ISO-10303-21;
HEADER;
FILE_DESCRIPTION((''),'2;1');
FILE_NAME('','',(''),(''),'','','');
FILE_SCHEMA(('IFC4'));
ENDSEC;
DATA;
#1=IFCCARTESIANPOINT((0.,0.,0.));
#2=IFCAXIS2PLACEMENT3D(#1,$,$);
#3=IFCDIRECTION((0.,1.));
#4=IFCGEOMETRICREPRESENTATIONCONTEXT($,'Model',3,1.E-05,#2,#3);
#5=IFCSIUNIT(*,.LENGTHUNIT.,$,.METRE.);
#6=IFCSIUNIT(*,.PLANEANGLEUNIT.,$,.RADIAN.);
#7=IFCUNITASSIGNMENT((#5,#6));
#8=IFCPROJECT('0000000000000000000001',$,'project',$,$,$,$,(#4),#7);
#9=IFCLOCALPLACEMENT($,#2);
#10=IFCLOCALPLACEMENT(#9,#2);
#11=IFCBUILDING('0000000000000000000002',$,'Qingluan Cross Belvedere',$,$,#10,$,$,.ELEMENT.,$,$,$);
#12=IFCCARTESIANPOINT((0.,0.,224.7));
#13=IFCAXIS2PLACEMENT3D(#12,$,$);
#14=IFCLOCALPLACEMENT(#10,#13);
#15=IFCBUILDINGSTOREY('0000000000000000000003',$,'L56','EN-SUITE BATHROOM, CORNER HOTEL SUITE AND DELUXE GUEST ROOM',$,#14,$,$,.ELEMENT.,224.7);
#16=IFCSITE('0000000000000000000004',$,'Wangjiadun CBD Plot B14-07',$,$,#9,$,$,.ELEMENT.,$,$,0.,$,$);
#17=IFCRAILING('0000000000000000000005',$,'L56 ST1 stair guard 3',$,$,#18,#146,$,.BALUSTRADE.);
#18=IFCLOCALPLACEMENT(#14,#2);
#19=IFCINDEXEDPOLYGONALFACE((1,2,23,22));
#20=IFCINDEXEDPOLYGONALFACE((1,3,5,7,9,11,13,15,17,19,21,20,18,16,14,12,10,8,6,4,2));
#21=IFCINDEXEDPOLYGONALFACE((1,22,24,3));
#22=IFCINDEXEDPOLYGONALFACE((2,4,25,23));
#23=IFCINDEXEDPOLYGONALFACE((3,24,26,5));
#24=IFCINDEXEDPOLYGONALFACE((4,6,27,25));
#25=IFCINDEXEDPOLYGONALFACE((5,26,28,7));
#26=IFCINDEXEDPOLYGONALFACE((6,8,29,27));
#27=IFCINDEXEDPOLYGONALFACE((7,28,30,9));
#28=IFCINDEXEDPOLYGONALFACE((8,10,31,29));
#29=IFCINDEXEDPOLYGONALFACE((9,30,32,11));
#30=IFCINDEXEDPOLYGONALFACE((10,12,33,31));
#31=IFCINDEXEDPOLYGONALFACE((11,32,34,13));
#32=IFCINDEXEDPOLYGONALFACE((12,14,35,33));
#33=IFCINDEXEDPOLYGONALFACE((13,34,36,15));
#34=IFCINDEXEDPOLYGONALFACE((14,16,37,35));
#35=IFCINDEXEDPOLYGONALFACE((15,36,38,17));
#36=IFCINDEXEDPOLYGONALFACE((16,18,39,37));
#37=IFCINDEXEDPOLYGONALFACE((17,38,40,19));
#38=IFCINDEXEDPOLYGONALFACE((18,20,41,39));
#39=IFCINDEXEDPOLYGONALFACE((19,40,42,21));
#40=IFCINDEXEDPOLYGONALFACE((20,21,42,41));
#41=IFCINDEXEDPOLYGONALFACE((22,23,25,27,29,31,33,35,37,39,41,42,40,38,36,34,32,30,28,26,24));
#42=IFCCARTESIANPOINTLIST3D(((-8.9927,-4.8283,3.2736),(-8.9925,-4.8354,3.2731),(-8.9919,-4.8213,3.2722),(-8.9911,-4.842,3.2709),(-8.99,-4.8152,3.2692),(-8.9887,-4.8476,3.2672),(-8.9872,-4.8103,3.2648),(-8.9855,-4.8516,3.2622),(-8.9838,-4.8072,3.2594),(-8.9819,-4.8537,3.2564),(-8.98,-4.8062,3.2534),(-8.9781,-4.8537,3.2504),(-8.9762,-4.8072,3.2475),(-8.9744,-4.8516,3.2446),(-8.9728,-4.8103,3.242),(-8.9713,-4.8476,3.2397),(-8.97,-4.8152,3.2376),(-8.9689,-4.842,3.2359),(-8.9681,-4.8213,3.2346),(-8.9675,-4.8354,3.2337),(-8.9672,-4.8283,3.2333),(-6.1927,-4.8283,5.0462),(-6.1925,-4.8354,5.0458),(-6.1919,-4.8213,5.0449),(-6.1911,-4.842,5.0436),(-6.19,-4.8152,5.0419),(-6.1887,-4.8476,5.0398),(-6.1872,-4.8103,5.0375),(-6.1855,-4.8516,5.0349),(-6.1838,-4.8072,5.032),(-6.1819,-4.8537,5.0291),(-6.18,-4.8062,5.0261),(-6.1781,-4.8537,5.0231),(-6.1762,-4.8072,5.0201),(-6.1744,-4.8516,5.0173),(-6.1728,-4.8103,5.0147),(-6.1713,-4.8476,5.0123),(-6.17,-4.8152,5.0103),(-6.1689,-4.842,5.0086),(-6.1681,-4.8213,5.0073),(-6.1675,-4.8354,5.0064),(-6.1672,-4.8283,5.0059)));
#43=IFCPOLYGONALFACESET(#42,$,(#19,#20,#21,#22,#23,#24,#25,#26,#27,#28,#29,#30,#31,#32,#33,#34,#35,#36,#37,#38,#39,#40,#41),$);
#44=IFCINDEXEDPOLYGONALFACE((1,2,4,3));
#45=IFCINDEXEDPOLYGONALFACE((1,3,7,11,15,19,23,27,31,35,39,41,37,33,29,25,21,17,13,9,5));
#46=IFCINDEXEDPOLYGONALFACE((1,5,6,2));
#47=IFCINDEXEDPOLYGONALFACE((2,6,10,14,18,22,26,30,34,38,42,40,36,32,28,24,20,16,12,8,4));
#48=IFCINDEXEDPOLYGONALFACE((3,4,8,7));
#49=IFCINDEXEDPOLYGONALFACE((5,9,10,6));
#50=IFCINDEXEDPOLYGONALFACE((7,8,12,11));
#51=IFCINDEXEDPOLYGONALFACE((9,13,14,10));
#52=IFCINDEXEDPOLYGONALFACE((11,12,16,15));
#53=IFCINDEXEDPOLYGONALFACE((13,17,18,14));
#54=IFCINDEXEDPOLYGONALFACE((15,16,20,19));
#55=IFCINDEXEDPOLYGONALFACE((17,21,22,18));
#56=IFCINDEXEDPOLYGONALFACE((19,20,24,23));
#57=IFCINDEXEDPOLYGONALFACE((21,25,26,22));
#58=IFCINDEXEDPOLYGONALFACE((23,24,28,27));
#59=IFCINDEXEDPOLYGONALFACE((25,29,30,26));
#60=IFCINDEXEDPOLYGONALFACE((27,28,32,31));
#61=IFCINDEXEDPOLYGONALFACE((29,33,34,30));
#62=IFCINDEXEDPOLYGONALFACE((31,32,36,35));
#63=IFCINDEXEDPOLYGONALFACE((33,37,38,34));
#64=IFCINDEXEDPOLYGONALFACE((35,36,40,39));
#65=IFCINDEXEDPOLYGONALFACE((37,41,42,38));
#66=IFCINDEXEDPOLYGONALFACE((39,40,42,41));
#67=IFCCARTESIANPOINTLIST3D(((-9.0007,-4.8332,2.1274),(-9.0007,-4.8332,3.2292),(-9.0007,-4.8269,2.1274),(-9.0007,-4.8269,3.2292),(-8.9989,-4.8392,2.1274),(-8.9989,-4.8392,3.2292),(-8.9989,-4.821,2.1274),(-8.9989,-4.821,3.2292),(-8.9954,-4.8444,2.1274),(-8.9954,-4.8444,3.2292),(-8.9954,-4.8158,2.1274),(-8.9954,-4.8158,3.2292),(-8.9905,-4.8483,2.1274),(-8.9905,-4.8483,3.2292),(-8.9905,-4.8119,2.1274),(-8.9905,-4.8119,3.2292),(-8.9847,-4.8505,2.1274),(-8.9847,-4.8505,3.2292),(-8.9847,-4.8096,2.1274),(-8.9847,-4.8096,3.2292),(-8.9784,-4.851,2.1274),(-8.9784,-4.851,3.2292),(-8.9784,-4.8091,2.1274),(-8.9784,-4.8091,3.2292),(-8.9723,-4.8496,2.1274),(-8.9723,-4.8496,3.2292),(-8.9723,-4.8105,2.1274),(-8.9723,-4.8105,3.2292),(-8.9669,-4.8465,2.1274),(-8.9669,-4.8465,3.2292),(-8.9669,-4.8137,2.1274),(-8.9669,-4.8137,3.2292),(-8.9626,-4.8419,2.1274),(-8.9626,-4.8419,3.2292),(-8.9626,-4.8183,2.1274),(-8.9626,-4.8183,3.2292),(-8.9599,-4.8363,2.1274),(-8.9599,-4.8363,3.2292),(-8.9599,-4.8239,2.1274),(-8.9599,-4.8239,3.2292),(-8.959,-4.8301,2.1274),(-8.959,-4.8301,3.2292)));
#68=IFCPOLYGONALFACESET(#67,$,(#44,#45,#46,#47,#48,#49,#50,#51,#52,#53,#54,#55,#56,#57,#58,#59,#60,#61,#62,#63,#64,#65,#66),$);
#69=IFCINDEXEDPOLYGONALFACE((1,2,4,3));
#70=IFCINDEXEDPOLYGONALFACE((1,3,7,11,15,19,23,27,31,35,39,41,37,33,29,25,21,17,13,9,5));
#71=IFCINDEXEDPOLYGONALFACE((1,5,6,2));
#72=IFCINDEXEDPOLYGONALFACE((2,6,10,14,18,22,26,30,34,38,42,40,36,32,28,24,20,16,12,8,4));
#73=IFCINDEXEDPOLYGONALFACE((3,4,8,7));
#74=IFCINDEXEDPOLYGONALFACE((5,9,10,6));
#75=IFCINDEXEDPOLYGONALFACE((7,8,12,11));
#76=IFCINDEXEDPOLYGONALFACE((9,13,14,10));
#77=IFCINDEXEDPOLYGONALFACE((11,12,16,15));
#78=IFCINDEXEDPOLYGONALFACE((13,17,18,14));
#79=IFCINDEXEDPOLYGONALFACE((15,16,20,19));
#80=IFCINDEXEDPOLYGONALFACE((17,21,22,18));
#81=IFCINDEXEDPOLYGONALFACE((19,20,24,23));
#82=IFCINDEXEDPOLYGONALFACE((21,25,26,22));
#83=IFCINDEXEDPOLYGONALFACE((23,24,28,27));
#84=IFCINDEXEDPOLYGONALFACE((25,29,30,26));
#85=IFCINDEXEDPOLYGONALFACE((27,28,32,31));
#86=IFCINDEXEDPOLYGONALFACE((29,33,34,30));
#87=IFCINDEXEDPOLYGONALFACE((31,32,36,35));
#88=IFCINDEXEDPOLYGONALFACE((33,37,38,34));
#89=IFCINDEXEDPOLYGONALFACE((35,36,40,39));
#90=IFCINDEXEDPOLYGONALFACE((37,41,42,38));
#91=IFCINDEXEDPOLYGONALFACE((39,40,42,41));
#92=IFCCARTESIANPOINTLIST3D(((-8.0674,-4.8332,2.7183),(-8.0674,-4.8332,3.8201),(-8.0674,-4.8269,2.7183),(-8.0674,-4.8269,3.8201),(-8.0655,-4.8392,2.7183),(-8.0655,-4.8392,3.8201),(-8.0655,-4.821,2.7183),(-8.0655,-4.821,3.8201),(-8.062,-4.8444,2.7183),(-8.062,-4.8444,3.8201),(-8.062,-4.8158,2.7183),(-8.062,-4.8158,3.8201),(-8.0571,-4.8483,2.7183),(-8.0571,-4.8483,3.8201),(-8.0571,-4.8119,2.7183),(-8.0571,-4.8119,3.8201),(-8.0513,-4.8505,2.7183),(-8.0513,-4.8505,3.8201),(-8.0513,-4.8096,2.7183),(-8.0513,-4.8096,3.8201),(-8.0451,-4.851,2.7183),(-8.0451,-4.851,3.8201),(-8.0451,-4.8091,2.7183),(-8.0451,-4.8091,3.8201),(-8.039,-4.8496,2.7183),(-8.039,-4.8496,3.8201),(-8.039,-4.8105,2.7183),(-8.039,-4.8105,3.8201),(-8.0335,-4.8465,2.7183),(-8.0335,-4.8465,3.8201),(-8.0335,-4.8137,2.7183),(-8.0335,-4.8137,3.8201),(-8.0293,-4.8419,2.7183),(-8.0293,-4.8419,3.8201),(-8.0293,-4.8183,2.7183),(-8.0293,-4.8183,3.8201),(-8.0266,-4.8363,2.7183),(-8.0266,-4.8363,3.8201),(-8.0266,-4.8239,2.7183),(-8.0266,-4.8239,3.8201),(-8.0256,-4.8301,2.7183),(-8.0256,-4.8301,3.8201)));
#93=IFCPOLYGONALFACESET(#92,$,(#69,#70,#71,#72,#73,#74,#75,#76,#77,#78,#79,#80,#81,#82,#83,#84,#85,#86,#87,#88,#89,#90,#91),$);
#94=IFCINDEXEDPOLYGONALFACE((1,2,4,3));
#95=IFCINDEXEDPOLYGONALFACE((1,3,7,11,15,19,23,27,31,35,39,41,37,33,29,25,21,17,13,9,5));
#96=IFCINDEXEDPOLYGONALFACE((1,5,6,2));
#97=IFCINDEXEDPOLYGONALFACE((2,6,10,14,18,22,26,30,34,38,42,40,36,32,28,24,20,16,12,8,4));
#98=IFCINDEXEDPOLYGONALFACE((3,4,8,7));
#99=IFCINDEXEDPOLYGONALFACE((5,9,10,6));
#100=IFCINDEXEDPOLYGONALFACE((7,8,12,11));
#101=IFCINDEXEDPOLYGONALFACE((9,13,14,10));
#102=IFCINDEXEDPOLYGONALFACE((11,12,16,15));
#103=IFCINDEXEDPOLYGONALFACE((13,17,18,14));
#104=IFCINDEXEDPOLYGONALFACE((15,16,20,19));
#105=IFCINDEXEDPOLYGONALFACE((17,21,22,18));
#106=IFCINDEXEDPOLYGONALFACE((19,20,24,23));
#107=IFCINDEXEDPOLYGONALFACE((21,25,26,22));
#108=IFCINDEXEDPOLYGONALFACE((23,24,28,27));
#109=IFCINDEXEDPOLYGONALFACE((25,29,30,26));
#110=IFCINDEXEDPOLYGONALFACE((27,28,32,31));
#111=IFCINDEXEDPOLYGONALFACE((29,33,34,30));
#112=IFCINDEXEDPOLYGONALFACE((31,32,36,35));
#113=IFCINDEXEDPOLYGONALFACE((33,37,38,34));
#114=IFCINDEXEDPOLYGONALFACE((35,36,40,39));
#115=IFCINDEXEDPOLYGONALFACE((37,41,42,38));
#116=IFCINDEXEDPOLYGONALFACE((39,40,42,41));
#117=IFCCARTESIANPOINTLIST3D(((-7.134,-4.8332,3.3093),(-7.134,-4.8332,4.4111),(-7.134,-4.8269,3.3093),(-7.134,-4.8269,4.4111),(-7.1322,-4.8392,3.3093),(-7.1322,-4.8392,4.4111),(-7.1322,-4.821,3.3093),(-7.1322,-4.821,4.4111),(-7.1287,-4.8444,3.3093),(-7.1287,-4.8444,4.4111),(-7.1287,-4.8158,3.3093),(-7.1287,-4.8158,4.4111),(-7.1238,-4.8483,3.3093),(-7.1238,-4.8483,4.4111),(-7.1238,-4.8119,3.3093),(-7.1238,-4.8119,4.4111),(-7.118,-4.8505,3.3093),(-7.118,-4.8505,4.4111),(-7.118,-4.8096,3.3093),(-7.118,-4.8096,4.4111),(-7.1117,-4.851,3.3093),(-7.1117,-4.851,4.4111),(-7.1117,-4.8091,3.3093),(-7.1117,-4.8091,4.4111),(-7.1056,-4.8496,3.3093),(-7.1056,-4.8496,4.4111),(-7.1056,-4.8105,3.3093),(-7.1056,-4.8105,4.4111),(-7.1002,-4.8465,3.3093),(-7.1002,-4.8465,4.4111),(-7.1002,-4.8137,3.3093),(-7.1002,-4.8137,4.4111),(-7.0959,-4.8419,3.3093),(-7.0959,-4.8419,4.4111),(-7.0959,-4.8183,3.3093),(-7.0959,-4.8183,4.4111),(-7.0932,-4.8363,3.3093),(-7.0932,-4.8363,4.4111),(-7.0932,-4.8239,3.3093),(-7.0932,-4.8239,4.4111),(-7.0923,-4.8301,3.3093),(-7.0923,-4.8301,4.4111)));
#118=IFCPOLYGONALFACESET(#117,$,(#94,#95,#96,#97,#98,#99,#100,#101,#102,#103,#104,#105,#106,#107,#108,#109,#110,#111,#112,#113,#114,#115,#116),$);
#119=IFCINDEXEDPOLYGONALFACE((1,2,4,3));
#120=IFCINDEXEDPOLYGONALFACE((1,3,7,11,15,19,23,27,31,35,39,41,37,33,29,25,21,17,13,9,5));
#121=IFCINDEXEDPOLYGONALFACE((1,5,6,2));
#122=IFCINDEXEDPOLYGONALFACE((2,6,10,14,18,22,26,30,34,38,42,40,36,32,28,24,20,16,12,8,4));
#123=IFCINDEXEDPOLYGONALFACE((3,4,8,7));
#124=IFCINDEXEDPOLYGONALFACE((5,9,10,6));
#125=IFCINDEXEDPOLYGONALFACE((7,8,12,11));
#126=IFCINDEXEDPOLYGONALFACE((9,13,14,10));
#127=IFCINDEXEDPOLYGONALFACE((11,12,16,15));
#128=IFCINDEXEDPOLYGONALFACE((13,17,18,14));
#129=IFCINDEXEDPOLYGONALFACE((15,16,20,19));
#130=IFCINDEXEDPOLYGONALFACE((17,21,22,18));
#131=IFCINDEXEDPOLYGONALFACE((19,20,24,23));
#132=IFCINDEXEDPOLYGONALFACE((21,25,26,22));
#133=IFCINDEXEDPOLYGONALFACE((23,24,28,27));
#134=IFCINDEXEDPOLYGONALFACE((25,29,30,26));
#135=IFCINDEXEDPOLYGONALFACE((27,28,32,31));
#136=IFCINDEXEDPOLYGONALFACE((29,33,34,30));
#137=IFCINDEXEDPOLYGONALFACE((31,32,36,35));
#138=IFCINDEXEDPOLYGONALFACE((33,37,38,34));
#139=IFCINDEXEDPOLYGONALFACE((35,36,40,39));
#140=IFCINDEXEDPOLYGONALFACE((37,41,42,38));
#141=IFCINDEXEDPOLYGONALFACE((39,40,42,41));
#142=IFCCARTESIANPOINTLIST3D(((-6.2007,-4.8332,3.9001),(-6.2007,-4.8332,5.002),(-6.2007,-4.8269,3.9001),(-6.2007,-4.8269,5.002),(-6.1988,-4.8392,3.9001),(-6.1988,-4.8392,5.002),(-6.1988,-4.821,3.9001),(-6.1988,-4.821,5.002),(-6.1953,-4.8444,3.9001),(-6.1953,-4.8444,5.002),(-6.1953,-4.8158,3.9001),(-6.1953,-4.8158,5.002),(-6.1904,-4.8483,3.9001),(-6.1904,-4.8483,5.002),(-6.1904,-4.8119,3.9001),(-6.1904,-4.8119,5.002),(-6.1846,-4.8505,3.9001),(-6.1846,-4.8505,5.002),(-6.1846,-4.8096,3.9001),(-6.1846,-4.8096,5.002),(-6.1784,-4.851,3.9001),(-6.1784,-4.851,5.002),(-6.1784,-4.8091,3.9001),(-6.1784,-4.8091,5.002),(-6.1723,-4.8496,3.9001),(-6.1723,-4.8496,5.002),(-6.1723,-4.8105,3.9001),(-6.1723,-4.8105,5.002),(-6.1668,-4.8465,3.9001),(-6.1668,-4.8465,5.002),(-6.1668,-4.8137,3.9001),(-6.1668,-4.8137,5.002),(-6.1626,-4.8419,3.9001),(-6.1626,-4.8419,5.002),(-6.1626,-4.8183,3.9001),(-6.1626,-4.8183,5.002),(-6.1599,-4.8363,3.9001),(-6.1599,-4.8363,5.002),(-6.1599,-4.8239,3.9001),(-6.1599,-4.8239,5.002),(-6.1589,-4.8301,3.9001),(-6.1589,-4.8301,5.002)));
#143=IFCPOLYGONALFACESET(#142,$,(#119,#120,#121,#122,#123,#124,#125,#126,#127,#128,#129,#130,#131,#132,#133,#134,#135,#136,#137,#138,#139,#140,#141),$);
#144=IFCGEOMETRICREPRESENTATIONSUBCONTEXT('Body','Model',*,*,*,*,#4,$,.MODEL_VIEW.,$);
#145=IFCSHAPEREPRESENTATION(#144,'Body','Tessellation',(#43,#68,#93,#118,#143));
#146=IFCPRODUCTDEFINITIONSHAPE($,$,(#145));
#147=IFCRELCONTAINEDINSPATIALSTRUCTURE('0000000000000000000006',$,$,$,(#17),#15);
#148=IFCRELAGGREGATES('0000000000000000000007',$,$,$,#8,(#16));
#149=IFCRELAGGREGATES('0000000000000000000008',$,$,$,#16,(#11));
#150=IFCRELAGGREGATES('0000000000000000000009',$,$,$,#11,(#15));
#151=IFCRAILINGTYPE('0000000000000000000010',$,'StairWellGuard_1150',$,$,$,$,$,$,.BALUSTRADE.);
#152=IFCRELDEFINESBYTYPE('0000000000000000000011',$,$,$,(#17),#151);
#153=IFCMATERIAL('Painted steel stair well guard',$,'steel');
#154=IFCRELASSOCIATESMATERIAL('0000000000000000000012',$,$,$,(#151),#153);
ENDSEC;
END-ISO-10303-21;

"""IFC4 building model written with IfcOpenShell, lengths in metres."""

from ifc_helpers import new_model, si_unit, direction, frame, origin, origin_2d, place, context, subcontext, project, spatial, circle, extrude, material, type_object, element, save


model = new_model("IFC4")

# Units and contexts
model_context = context("Model", 3, precision=1e-05, world=origin(), true_north=direction((0.0, 1.0)))
body_context = subcontext(model_context, "Body", "Model", "MODEL_VIEW")
ifc_project = project(units=[si_unit("LENGTHUNIT", "METRE"), si_unit("PLANEANGLEUNIT", "RADIAN")], contexts=[model_context])

# Site, building, storey
site_placement = place(None, origin())
site = spatial("IfcSite", under=ifc_project, at=site_placement, Name="Wangjiadun CBD Plot B14-07", CompositionType="ELEMENT", RefElevation=0.0)
building_placement = place(site_placement, origin())
building = spatial("IfcBuilding", under=site, at=building_placement, Name="Qingluan Cross Belvedere", CompositionType="ELEMENT")
storey_placement = place(building_placement, frame((0.0, 0.0, 224.7)))
storey = spatial("IfcBuildingStorey", under=building, at=storey_placement, Name="L56", Description="EN-SUITE BATHROOM, CORNER HOTEL SUITE AND DELUXE GUEST ROOM", CompositionType="ELEMENT", Elevation=224.7)

# Railing
ifc_material_1 = material(Name="Painted steel stair well guard", Category="steel")
railing_type_1 = type_object("IfcRailingType", Name="StairWellGuard_1150", PredefinedType="BALUSTRADE", material=ifc_material_1)
railing_1_placement = place(storey_placement, frame((-8.98, -4.8301, 2.1274)))
element("IfcRailing", 1, at=railing_1_placement, inside=storey, type_object=railing_type_1, Name="L56 ST1 stair guard 3", PredefinedType="BALUSTRADE", context=body_context, shape_type="SweptSolid", body=[
    extrude(circle(Radius=0.0239, at=origin_2d()), frame((0.0, 0.0, 1.126), z_axis=(0.844909, 0.0, 0.53491), x_axis=(0.0, 1.0, 0.0)), (0.0, 0.0, 1.0), 3.314),
    extrude(circle(Radius=0.021, at=origin_2d()), origin(), (0.0, 0.0, 1.0), 1.1018),
    extrude(circle(Radius=0.021, at=origin_2d()), frame((0.9333, 0.0, 0.5908)), (0.0, 0.0, 1.0), 1.1018),
    extrude(circle(Radius=0.021, at=origin_2d()), frame((1.8667, 0.0, 1.1819)), (0.0, 0.0, 1.0), 1.1018),
    extrude(circle(Radius=0.021, at=origin_2d()), frame((2.8, 0.0, 1.7727)), (0.0, 0.0, 1.0), 1.1018),
])

save(model, "model.ifc")
